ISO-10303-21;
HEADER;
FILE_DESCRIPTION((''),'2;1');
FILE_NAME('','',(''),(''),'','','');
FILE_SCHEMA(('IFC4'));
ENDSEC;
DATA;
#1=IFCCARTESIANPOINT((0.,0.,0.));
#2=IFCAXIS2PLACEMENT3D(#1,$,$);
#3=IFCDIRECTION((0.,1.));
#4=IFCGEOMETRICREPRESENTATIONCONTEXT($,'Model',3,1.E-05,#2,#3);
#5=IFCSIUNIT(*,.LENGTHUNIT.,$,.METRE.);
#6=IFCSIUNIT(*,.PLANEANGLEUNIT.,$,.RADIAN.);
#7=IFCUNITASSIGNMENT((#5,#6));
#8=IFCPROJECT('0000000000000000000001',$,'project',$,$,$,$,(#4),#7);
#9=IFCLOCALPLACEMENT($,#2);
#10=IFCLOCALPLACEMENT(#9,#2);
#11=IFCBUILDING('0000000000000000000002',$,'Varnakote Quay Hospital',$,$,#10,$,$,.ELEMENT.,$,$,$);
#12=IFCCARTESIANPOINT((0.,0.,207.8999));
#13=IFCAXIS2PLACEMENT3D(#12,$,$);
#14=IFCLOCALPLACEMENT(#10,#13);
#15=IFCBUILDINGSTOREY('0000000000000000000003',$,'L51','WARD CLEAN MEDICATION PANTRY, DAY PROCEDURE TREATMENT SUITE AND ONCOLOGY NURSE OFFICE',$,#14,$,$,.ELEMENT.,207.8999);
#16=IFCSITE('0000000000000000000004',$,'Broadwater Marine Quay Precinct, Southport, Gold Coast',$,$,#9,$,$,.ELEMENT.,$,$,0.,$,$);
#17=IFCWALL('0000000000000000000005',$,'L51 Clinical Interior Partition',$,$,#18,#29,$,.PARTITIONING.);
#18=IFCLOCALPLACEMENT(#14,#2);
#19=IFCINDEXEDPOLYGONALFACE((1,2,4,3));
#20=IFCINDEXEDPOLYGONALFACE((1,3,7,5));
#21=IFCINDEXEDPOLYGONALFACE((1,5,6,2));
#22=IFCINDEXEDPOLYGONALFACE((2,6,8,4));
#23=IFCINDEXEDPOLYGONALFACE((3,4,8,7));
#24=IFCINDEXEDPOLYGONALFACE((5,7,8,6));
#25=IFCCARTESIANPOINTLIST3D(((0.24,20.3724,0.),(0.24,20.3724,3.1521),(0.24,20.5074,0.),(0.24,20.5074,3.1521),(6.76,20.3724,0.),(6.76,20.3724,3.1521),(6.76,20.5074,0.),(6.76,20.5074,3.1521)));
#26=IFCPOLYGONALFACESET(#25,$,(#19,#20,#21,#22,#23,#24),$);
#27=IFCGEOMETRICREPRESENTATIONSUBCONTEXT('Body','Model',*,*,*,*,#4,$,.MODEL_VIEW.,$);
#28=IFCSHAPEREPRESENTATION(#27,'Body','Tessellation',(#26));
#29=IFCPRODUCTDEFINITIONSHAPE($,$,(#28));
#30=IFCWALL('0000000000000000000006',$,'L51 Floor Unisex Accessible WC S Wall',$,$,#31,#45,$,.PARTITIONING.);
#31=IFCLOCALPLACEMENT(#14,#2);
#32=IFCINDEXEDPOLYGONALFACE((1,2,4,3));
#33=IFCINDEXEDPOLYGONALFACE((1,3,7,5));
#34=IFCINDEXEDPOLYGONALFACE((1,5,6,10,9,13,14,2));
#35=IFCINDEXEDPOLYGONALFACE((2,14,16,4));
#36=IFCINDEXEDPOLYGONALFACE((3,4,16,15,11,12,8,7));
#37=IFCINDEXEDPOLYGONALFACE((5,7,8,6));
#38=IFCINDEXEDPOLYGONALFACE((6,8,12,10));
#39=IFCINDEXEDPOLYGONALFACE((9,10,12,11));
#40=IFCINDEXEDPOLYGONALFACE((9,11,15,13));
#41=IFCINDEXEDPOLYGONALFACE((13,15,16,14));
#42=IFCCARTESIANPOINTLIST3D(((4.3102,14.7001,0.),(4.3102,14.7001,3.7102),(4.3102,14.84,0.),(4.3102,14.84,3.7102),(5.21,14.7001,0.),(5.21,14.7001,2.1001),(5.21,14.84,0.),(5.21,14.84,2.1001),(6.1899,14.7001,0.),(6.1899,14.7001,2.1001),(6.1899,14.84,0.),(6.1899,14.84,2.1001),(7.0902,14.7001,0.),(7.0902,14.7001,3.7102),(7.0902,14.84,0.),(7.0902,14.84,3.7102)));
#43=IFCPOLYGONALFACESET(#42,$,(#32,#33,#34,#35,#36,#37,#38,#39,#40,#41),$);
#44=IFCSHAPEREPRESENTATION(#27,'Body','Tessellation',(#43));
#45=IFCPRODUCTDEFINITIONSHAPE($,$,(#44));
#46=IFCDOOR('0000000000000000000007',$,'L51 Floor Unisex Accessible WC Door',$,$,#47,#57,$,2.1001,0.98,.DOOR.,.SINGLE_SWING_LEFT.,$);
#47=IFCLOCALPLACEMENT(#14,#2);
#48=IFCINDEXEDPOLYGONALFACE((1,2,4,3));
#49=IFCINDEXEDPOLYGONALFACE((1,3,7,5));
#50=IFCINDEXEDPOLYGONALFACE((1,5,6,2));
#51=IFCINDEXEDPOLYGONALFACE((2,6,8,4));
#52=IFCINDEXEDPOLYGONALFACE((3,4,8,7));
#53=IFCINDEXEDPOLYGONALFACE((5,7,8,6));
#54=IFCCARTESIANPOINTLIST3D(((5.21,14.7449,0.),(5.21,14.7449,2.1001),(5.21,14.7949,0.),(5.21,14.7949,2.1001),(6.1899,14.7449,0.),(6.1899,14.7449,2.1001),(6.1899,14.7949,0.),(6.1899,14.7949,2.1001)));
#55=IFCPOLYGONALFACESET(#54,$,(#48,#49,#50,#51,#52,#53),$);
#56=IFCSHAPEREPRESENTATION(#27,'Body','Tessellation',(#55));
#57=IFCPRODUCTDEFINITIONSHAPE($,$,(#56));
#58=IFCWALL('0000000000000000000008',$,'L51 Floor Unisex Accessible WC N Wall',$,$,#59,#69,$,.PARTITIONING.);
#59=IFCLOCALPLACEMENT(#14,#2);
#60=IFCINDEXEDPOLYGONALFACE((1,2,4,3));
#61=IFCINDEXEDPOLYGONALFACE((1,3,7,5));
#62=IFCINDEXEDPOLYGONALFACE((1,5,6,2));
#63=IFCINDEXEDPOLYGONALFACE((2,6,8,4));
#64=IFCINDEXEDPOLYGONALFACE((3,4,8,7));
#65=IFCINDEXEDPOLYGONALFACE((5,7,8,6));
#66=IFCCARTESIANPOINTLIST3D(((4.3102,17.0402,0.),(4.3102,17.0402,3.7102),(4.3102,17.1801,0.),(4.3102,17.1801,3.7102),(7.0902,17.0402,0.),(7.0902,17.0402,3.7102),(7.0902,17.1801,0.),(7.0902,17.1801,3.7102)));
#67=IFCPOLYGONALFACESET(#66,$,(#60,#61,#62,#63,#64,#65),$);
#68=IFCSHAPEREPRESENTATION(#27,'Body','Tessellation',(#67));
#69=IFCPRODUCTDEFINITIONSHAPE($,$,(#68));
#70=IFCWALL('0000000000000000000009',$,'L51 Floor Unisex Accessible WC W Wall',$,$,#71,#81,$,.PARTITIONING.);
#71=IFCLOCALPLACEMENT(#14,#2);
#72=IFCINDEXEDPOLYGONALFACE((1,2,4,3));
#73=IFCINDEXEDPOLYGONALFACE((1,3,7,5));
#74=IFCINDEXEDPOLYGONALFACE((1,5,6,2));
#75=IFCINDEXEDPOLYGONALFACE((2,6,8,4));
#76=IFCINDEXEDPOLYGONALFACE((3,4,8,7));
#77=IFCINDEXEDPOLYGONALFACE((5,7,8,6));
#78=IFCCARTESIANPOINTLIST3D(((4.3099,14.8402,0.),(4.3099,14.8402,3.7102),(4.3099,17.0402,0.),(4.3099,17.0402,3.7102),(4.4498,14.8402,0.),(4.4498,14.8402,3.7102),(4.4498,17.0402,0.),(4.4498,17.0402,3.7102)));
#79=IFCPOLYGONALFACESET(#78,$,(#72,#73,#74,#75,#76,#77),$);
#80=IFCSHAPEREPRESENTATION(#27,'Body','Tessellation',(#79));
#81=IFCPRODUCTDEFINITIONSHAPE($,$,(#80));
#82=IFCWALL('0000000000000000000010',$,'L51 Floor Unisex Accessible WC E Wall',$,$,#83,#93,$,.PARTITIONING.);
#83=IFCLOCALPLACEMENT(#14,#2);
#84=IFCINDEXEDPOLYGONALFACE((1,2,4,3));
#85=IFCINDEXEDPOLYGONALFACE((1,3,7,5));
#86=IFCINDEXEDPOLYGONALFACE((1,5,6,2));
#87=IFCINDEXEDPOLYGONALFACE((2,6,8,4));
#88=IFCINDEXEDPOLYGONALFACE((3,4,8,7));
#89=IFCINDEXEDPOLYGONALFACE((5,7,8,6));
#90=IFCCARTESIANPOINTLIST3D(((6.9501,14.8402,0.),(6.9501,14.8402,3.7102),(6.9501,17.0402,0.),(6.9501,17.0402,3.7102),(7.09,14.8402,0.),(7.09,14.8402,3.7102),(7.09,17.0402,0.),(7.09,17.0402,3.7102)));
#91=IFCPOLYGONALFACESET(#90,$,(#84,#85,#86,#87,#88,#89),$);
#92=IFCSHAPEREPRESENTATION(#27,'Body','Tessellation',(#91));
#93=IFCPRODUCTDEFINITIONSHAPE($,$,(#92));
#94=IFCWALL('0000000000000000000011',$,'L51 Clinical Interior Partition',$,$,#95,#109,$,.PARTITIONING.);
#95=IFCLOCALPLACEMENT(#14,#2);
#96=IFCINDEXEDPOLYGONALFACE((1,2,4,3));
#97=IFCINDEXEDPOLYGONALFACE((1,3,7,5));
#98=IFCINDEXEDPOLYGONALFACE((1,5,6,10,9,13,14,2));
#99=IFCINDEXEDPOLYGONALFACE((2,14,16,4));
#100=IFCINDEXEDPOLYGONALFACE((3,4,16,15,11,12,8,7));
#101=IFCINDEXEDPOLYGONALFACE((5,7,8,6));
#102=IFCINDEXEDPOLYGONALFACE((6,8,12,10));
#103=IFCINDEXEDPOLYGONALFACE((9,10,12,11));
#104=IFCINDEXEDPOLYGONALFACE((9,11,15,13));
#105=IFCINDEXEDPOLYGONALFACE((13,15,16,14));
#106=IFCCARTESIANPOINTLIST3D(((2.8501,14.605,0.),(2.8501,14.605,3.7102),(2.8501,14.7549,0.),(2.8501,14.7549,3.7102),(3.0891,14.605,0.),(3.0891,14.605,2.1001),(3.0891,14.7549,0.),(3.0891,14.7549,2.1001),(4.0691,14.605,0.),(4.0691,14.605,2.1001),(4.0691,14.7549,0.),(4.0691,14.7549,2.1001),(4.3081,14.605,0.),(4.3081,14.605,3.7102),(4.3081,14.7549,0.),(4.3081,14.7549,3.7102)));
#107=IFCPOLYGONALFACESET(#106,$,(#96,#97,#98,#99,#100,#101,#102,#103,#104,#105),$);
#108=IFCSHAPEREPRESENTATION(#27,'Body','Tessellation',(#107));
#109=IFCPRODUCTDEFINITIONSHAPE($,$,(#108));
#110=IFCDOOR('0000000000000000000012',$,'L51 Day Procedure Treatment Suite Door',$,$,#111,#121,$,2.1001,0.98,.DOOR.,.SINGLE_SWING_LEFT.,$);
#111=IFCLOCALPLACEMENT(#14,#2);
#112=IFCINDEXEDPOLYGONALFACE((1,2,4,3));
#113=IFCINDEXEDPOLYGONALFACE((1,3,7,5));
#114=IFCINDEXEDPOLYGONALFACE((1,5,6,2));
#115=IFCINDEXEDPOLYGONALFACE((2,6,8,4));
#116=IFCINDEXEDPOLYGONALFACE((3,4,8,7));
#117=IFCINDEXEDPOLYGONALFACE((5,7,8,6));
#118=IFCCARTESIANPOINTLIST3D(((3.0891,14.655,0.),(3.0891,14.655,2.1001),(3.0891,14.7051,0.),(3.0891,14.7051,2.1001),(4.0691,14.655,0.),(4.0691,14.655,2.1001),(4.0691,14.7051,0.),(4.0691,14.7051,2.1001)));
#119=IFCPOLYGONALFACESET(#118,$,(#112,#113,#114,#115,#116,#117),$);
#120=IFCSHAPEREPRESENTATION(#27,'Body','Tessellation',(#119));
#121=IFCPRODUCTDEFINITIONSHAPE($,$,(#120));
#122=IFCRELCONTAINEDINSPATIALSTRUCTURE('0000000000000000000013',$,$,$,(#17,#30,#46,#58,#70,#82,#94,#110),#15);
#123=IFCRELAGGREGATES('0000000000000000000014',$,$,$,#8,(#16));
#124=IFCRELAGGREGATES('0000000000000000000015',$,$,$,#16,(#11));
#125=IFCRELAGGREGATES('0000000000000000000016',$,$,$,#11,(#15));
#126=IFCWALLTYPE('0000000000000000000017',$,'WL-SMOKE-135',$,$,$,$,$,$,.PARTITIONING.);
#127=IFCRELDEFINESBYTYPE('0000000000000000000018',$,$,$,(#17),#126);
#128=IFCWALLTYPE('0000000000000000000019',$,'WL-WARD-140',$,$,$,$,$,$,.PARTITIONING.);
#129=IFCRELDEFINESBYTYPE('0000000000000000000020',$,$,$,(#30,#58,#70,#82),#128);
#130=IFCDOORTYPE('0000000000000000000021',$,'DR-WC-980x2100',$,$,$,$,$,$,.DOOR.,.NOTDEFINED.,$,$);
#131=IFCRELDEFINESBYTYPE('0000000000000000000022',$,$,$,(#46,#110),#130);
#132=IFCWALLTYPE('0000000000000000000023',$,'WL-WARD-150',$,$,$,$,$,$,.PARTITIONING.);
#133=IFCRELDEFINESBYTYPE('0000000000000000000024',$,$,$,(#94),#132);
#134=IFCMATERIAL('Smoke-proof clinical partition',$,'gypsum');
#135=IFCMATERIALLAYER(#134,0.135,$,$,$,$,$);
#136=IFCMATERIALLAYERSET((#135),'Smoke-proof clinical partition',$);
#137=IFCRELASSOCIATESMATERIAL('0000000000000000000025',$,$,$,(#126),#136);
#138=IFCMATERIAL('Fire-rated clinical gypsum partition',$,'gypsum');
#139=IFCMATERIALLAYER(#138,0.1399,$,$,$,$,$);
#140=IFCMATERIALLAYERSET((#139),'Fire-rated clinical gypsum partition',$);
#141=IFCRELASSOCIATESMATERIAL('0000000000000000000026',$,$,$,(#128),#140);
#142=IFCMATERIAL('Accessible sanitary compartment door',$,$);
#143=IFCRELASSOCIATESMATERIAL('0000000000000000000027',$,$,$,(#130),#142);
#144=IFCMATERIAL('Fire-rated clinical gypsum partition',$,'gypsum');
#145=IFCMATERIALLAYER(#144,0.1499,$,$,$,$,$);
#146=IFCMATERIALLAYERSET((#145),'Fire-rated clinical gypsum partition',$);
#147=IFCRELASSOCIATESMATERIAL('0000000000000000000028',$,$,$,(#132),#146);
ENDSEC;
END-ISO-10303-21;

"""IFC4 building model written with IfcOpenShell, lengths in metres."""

from ifc_helpers import new_model, si_unit, direction, frame, frame_2d, origin, place, context, subcontext, project, spatial, rectangle, extrude, material, layer, layer_set, type_object, element, fill, save


model = new_model("IFC4")

# Units and contexts
model_context = context("Model", 3, precision=1e-05, world=origin(), true_north=direction((0.0, 1.0)))
body_context = subcontext(model_context, "Body", "Model", "MODEL_VIEW")
ifc_project = project(units=[si_unit("LENGTHUNIT", "METRE"), si_unit("PLANEANGLEUNIT", "RADIAN")], contexts=[model_context])

# Site, building, storey
site_placement = place(None, origin())
site = spatial("IfcSite", under=ifc_project, at=site_placement, Name="Broadwater Marine Quay Precinct, Southport, Gold Coast", CompositionType="ELEMENT", RefElevation=0.0)
building_placement = place(site_placement, origin())
building = spatial("IfcBuilding", under=site, at=building_placement, Name="Varnakote Quay Hospital", CompositionType="ELEMENT")
storey_placement = place(building_placement, frame((0.0, 0.0, 207.8999)))
storey = spatial("IfcBuildingStorey", under=building, at=storey_placement, Name="L51", Description="WARD CLEAN MEDICATION PANTRY, DAY PROCEDURE TREATMENT SUITE AND ONCOLOGY NURSE OFFICE", CompositionType="ELEMENT", Elevation=207.8999)

# Wall
ifc_material_1 = material(Name="Smoke-proof clinical partition", Category="gypsum")
ifc_layer_1 = layer(ifc_material_1, 0.135)
ifc_layer_set_1 = layer_set([ifc_layer_1], Name="Smoke-proof clinical partition")
wall_type_1 = type_object("IfcWallType", Name="WL-SMOKE-135", PredefinedType="PARTITIONING", material=ifc_layer_set_1)
wall_1_placement = place(storey_placement, frame((6.76, 20.4399, 0.0), z_axis=(0.0, 0.0, 1.0), x_axis=(-1.0, 0.0, 0.0)))
element("IfcWall", 1, at=wall_1_placement, inside=storey, type_object=wall_type_1, Name="L51 Clinical Interior Partition", PredefinedType="PARTITIONING", context=body_context, shape_type="SweptSolid", body=[
    extrude(rectangle(XDim=6.52, YDim=0.135, at=frame_2d((3.26, 0.0))), origin(), (0.0, 0.0, 1.0), 3.1521),
])

# Wall, opening, door
ifc_material_2 = material(Name="Fire-rated clinical gypsum partition", Category="gypsum")
ifc_layer_2 = layer(ifc_material_2, 0.1399)
ifc_layer_set_2 = layer_set([ifc_layer_2], Name="Fire-rated clinical gypsum partition")
wall_type_2 = type_object("IfcWallType", Name="WL-WARD-140", PredefinedType="PARTITIONING", material=ifc_layer_set_2)
wall_2_placement = place(storey_placement, frame((4.3101, 14.77, 0.0), z_axis=(0.0, 0.0, 1.0), x_axis=(1.0, 0.0, 0.0)))
wall_2 = element("IfcWall", 2, at=wall_2_placement, inside=storey, type_object=wall_type_2, Name="L51 Floor Unisex Accessible WC S Wall", PredefinedType="PARTITIONING", context=body_context, shape_type="SweptSolid", body=[
    extrude(rectangle(XDim=2.78, YDim=0.1399, at=frame_2d((1.3901, 0.0))), origin(), (0.0, 0.0, 1.0), 3.7102),
])
opening_1_placement = place(wall_2_placement, frame((0.8999, 0.0, 0.0)))
opening_1 = element("IfcOpeningElement", 3, at=opening_1_placement, cuts=wall_2, PredefinedType="OPENING", context=body_context, shape_type="SweptSolid", body=[
    extrude(rectangle(XDim=0.98, YDim=2.1001, at=frame_2d((0.49, 1.05))), frame((0.0, 0.0798, 0.0), z_axis=(0.0, -1.0, 0.0), x_axis=(1.0, 0.0, 0.0)), (0.0, 0.0, 1.0), 0.1599),
])
ifc_material_3 = material(Name="Accessible sanitary compartment door")
door_type_1 = type_object("IfcDoorType", Name="DR-WC-980x2100", OperationType="NOTDEFINED", PredefinedType="DOOR", material=ifc_material_3)
door_1_placement = place(opening_1_placement, origin())
door_1 = element("IfcDoor", 4, at=door_1_placement, inside=storey, type_object=door_type_1, Name="L51 Floor Unisex Accessible WC Door", OperationType="SINGLE_SWING_LEFT", OverallHeight=2.1001, OverallWidth=0.98, PredefinedType="DOOR", context=body_context, shape_type="SweptSolid", body=[
    extrude(rectangle(XDim=0.98, YDim=2.1001, at=frame_2d((0.49, 1.05))), frame((0.0, 0.0249, 0.0), z_axis=(0.0, -1.0, 0.0), x_axis=(1.0, 0.0, 0.0)), (0.0, 0.0, 1.0), 0.05),
])
fill(opening_1, door_1)

# Walls
wall_3_placement = place(storey_placement, frame((4.3101, 17.1101, 0.0), z_axis=(0.0, 0.0, 1.0), x_axis=(1.0, 0.0, 0.0)))
element("IfcWall", 5, at=wall_3_placement, inside=storey, type_object=wall_type_2, Name="L51 Floor Unisex Accessible WC N Wall", PredefinedType="PARTITIONING", context=body_context, shape_type="SweptSolid", body=[
    extrude(rectangle(XDim=2.78, YDim=0.1399, at=frame_2d((1.3901, 0.0))), origin(), (0.0, 0.0, 1.0), 3.7102),
])
for number, where, z_axis, x_axis, name in (
    (6, (4.3799, 14.8401, 0.0), (0.0, 0.0, 1.0), (0.0, 1.0, 0.0), "L51 Floor Unisex Accessible WC W Wall"),
    (7, (7.02, 14.8401, 0.0), (0.0, 0.0, 1.0), (0.0, 1.0, 0.0), "L51 Floor Unisex Accessible WC E Wall"),
):
    element("IfcWall", number, at=place(storey_placement, frame(where, z_axis=z_axis, x_axis=x_axis)), inside=storey, type_object=wall_type_2, Name=name, PredefinedType="PARTITIONING", context=body_context, shape_type="SweptSolid", body=[
        extrude(rectangle(XDim=2.2, YDim=0.1399, at=frame_2d((1.1001, 0.0))), origin(), (0.0, 0.0, 1.0), 3.7102),
    ])

# Wall, opening, door
ifc_material_4 = material(Name="Fire-rated clinical gypsum partition", Category="gypsum")
ifc_layer_3 = layer(ifc_material_4, 0.1499)
ifc_layer_set_3 = layer_set([ifc_layer_3], Name="Fire-rated clinical gypsum partition")
wall_type_3 = type_object("IfcWallType", Name="WL-WARD-150", PredefinedType="PARTITIONING", material=ifc_layer_set_3)
wall_4_placement = place(storey_placement, frame((4.3081, 14.6799, 0.0), z_axis=(0.0, 0.0, 1.0), x_axis=(-1.0, 0.0, 0.0)))
wall_4 = element("IfcWall", 8, at=wall_4_placement, inside=storey, type_object=wall_type_3, Name="L51 Clinical Interior Partition", PredefinedType="PARTITIONING", context=body_context, shape_type="SweptSolid", body=[
    extrude(rectangle(XDim=1.458, YDim=0.1499, at=frame_2d((0.729, 0.0))), origin(), (0.0, 0.0, 1.0), 3.7102),
])
opening_2_placement = place(wall_4_placement, frame((0.239, 0.0, 0.0)))
opening_2 = element("IfcOpeningElement", 9, at=opening_2_placement, cuts=wall_4, PredefinedType="OPENING", context=body_context, shape_type="SweptSolid", body=[
    extrude(rectangle(XDim=0.98, YDim=2.1001, at=frame_2d((0.49, 1.05))), frame((0.0, 0.085, 0.0), z_axis=(0.0, -1.0, 0.0), x_axis=(1.0, 0.0, 0.0)), (0.0, 0.0, 1.0), 0.1699),
])
door_2_placement = place(opening_2_placement, origin())
door_2 = element("IfcDoor", 10, at=door_2_placement, inside=storey, type_object=door_type_1, Name="L51 Day Procedure Treatment Suite Door", OperationType="SINGLE_SWING_LEFT", OverallHeight=2.1001, OverallWidth=0.98, PredefinedType="DOOR", context=body_context, shape_type="SweptSolid", body=[
    extrude(rectangle(XDim=0.98, YDim=2.1001, at=frame_2d((0.49, 1.05))), frame((0.0, 0.0249, 0.0), z_axis=(0.0, -1.0, 0.0), x_axis=(1.0, 0.0, 0.0)), (0.0, 0.0, 1.0), 0.05),
])
fill(opening_2, door_2)

save(model, "model.ifc")
